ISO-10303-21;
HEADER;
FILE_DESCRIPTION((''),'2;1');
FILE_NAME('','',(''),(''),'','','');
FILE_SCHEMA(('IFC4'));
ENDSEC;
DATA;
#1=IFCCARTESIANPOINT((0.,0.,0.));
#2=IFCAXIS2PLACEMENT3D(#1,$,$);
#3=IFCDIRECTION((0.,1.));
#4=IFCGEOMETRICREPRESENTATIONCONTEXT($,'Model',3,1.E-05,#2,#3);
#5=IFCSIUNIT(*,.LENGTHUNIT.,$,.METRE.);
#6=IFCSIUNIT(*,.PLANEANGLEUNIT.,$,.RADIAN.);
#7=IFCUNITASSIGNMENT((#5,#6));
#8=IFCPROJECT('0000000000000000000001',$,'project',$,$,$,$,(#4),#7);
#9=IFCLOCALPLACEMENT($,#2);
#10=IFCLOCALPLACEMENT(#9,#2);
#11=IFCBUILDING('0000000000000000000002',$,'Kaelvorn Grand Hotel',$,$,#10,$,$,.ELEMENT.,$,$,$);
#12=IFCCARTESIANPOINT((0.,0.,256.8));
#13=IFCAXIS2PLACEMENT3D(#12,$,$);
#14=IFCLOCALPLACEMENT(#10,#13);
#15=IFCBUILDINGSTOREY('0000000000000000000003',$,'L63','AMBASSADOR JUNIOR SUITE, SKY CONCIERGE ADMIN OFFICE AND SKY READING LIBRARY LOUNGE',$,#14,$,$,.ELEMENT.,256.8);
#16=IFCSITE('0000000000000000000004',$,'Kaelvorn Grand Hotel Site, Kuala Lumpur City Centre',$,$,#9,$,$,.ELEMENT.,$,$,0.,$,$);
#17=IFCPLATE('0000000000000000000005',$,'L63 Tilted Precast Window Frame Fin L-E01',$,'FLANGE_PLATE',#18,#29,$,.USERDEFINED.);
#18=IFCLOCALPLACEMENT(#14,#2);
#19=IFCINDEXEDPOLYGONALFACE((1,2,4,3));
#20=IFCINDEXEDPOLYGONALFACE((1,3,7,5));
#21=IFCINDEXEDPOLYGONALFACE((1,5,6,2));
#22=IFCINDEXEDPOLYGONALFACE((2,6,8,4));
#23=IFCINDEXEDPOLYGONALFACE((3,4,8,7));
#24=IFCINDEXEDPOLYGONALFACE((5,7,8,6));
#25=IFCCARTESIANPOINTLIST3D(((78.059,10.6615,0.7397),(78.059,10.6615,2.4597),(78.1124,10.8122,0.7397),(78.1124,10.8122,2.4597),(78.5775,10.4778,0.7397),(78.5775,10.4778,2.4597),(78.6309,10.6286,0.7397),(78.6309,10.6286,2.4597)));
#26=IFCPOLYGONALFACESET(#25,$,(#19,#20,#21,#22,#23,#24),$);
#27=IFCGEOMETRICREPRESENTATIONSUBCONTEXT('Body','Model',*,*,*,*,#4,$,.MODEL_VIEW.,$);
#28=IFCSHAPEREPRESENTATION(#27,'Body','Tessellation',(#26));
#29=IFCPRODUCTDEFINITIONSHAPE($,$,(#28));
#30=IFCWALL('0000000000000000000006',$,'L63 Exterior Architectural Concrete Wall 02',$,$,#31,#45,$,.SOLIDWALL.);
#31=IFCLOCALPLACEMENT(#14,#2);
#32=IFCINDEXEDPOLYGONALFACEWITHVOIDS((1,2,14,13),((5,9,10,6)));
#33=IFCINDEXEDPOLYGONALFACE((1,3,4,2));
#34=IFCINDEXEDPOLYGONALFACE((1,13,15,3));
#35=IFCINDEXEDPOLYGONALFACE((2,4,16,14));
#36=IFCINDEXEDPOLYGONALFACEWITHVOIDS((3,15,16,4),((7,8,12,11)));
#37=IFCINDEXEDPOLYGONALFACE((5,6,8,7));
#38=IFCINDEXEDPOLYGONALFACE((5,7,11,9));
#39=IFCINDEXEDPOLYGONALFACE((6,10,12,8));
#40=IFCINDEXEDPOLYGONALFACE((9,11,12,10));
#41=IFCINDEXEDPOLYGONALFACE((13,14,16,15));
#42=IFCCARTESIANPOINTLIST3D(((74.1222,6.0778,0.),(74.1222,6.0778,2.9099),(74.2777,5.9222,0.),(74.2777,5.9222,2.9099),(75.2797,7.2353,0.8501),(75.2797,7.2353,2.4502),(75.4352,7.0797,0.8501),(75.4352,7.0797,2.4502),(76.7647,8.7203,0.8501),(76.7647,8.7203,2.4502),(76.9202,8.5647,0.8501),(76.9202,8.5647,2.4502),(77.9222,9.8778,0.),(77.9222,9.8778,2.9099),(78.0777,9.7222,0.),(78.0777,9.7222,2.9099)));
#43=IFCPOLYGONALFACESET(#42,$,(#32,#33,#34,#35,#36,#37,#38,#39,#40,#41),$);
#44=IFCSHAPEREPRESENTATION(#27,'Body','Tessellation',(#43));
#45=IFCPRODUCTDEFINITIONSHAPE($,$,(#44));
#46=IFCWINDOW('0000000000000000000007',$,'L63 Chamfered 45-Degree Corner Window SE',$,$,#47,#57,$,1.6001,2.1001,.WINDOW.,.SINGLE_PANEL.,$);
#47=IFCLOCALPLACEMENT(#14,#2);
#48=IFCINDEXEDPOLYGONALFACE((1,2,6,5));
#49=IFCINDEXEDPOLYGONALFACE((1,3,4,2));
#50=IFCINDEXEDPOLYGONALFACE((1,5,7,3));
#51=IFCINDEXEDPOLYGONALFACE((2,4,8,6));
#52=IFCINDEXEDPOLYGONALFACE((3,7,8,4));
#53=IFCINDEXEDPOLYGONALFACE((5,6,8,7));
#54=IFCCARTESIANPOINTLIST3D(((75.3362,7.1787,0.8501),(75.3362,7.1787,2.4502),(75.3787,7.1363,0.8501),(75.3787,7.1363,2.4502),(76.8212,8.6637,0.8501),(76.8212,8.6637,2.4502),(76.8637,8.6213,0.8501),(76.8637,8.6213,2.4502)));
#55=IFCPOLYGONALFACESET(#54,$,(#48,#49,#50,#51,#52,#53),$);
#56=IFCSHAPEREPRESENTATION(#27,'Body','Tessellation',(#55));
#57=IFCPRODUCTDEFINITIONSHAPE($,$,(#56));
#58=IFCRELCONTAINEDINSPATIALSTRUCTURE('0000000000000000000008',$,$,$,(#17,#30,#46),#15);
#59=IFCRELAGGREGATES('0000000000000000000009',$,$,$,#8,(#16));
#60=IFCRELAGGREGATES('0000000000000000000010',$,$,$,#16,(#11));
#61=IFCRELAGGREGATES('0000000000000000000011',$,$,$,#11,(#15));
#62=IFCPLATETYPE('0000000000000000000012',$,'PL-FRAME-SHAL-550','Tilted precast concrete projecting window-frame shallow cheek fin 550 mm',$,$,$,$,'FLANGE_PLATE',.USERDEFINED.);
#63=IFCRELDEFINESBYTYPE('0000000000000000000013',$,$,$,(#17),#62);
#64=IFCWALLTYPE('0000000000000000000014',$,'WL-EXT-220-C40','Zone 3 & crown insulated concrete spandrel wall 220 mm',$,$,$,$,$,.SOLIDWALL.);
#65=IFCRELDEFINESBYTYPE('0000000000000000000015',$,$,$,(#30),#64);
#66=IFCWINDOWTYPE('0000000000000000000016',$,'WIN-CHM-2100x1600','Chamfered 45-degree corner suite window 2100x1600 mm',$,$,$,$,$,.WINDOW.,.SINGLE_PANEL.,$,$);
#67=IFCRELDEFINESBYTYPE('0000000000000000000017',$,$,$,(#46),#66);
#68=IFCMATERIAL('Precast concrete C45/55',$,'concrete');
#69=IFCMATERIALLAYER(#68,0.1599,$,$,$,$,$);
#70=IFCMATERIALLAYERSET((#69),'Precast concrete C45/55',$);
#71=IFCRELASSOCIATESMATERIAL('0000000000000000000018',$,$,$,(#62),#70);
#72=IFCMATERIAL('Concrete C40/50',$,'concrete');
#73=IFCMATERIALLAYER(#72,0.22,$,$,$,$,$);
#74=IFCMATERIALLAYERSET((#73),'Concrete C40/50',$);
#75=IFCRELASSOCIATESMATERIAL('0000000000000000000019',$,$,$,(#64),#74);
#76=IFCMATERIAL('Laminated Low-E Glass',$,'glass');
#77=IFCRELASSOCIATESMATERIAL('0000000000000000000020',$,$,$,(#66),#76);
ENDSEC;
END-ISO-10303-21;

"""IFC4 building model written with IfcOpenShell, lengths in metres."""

from ifc_helpers import new_model, si_unit, direction, frame, frame_2d, origin, origin_2d, place, context, subcontext, project, spatial, rectangle, extrude, material, layer, layer_set, type_object, element, fill, save


model = new_model("IFC4")

# Units and contexts
model_context = context("Model", 3, precision=1e-05, world=origin(), true_north=direction((0.0, 1.0)))
body_context = subcontext(model_context, "Body", "Model", "MODEL_VIEW")
ifc_project = project(units=[si_unit("LENGTHUNIT", "METRE"), si_unit("PLANEANGLEUNIT", "RADIAN")], contexts=[model_context])

# Site, building, storey
site_placement = place(None, origin())
site = spatial("IfcSite", under=ifc_project, at=site_placement, Name="Kaelvorn Grand Hotel Site, Kuala Lumpur City Centre", CompositionType="ELEMENT", RefElevation=0.0)
building_placement = place(site_placement, origin())
building = spatial("IfcBuilding", under=site, at=building_placement, Name="Kaelvorn Grand Hotel", CompositionType="ELEMENT")
storey_placement = place(building_placement, frame((0.0, 0.0, 256.8)))
storey = spatial("IfcBuildingStorey", under=building, at=storey_placement, Name="L63", Description="AMBASSADOR JUNIOR SUITE, SKY CONCIERGE ADMIN OFFICE AND SKY READING LIBRARY LOUNGE", CompositionType="ELEMENT", Elevation=256.8)

# Shared definitions
ifc_material_1 = material(Name="Concrete C40/50", Category="concrete")

# Plate
ifc_material_2 = material(Name="Precast concrete C45/55", Category="concrete")
ifc_layer_1 = layer(ifc_material_2, 0.1599)
ifc_layer_set_1 = layer_set([ifc_layer_1], Name="Precast concrete C45/55")
plate_type_1 = type_object("IfcPlateType", Name="PL-FRAME-SHAL-550", Description="Tilted precast concrete projecting window-frame shallow cheek fin 550 mm", ElementType="FLANGE_PLATE", PredefinedType="USERDEFINED", material=ifc_layer_set_1)
plate_1_placement = place(storey_placement, frame((78.345, 10.645, 0.7397), z_axis=(0.0, 0.0, 1.0), x_axis=(0.333807, 0.942641, 0.0)))
element("IfcPlate", 1, at=plate_1_placement, inside=storey, type_object=plate_type_1, Name="L63 Tilted Precast Window Frame Fin L-E01", ObjectType="FLANGE_PLATE", PredefinedType="USERDEFINED", context=body_context, shape_type="SweptSolid", body=[
    extrude(rectangle(XDim=0.1599, YDim=0.55, at=origin_2d()), origin(), (0.0, 0.0, 1.0), 1.72),
])

# Wall, opening, window
ifc_layer_2 = layer(ifc_material_1, 0.22)
ifc_layer_set_2 = layer_set([ifc_layer_2], Name="Concrete C40/50")
wall_type_1 = type_object("IfcWallType", Name="WL-EXT-220-C40", Description="Zone 3 & crown insulated concrete spandrel wall 220 mm", PredefinedType="SOLIDWALL", material=ifc_layer_set_2)
wall_1_placement = place(storey_placement, frame((74.2, 6.0, 0.0), z_axis=(0.0, 0.0, 1.0), x_axis=(0.707107, 0.707107, 0.0)))
wall_1 = element("IfcWall", 2, at=wall_1_placement, inside=storey, type_object=wall_type_1, Name="L63 Exterior Architectural Concrete Wall 02", PredefinedType="SOLIDWALL", context=body_context, shape_type="SweptSolid", body=[
    extrude(rectangle(XDim=5.374, YDim=0.22, at=frame_2d((2.687, 0.0))), origin(), (0.0, 0.0, 1.0), 2.9099),
])
opening_1_placement = place(wall_1_placement, frame((1.637, 0.0, 0.8501)))
opening_1 = element("IfcOpeningElement", 3, at=opening_1_placement, cuts=wall_1, PredefinedType="OPENING", context=body_context, shape_type="SweptSolid", body=[
    extrude(rectangle(XDim=2.1001, YDim=1.6001, at=frame_2d((1.05, 0.8))), frame((0.0, 0.1201, 0.0), z_axis=(0.0, -1.0, 0.0), x_axis=(1.0, 0.0, 0.0)), (0.0, 0.0, 1.0), 0.24),
])
ifc_material_3 = material(Name="Laminated Low-E Glass", Category="glass")
window_type_1 = type_object("IfcWindowType", Name="WIN-CHM-2100x1600", Description="Chamfered 45-degree corner suite window 2100x1600 mm", PartitioningType="SINGLE_PANEL", PredefinedType="WINDOW", material=ifc_material_3)
window_1_placement = place(opening_1_placement, origin())
window_1 = element("IfcWindow", 4, at=window_1_placement, inside=storey, type_object=window_type_1, Name="L63 Chamfered 45-Degree Corner Window SE", OverallHeight=1.6001, OverallWidth=2.1001, PartitioningType="SINGLE_PANEL", PredefinedType="WINDOW", context=body_context, shape_type="SweptSolid", body=[
    extrude(rectangle(XDim=2.1001, YDim=1.6001, at=frame_2d((1.05, 0.8))), frame((0.0, 0.03, 0.0), z_axis=(0.0, -1.0, 0.0), x_axis=(1.0, 0.0, 0.0)), (0.0, 0.0, 1.0), 0.0601),
])
fill(opening_1, window_1)

save(model, "model.ifc")
